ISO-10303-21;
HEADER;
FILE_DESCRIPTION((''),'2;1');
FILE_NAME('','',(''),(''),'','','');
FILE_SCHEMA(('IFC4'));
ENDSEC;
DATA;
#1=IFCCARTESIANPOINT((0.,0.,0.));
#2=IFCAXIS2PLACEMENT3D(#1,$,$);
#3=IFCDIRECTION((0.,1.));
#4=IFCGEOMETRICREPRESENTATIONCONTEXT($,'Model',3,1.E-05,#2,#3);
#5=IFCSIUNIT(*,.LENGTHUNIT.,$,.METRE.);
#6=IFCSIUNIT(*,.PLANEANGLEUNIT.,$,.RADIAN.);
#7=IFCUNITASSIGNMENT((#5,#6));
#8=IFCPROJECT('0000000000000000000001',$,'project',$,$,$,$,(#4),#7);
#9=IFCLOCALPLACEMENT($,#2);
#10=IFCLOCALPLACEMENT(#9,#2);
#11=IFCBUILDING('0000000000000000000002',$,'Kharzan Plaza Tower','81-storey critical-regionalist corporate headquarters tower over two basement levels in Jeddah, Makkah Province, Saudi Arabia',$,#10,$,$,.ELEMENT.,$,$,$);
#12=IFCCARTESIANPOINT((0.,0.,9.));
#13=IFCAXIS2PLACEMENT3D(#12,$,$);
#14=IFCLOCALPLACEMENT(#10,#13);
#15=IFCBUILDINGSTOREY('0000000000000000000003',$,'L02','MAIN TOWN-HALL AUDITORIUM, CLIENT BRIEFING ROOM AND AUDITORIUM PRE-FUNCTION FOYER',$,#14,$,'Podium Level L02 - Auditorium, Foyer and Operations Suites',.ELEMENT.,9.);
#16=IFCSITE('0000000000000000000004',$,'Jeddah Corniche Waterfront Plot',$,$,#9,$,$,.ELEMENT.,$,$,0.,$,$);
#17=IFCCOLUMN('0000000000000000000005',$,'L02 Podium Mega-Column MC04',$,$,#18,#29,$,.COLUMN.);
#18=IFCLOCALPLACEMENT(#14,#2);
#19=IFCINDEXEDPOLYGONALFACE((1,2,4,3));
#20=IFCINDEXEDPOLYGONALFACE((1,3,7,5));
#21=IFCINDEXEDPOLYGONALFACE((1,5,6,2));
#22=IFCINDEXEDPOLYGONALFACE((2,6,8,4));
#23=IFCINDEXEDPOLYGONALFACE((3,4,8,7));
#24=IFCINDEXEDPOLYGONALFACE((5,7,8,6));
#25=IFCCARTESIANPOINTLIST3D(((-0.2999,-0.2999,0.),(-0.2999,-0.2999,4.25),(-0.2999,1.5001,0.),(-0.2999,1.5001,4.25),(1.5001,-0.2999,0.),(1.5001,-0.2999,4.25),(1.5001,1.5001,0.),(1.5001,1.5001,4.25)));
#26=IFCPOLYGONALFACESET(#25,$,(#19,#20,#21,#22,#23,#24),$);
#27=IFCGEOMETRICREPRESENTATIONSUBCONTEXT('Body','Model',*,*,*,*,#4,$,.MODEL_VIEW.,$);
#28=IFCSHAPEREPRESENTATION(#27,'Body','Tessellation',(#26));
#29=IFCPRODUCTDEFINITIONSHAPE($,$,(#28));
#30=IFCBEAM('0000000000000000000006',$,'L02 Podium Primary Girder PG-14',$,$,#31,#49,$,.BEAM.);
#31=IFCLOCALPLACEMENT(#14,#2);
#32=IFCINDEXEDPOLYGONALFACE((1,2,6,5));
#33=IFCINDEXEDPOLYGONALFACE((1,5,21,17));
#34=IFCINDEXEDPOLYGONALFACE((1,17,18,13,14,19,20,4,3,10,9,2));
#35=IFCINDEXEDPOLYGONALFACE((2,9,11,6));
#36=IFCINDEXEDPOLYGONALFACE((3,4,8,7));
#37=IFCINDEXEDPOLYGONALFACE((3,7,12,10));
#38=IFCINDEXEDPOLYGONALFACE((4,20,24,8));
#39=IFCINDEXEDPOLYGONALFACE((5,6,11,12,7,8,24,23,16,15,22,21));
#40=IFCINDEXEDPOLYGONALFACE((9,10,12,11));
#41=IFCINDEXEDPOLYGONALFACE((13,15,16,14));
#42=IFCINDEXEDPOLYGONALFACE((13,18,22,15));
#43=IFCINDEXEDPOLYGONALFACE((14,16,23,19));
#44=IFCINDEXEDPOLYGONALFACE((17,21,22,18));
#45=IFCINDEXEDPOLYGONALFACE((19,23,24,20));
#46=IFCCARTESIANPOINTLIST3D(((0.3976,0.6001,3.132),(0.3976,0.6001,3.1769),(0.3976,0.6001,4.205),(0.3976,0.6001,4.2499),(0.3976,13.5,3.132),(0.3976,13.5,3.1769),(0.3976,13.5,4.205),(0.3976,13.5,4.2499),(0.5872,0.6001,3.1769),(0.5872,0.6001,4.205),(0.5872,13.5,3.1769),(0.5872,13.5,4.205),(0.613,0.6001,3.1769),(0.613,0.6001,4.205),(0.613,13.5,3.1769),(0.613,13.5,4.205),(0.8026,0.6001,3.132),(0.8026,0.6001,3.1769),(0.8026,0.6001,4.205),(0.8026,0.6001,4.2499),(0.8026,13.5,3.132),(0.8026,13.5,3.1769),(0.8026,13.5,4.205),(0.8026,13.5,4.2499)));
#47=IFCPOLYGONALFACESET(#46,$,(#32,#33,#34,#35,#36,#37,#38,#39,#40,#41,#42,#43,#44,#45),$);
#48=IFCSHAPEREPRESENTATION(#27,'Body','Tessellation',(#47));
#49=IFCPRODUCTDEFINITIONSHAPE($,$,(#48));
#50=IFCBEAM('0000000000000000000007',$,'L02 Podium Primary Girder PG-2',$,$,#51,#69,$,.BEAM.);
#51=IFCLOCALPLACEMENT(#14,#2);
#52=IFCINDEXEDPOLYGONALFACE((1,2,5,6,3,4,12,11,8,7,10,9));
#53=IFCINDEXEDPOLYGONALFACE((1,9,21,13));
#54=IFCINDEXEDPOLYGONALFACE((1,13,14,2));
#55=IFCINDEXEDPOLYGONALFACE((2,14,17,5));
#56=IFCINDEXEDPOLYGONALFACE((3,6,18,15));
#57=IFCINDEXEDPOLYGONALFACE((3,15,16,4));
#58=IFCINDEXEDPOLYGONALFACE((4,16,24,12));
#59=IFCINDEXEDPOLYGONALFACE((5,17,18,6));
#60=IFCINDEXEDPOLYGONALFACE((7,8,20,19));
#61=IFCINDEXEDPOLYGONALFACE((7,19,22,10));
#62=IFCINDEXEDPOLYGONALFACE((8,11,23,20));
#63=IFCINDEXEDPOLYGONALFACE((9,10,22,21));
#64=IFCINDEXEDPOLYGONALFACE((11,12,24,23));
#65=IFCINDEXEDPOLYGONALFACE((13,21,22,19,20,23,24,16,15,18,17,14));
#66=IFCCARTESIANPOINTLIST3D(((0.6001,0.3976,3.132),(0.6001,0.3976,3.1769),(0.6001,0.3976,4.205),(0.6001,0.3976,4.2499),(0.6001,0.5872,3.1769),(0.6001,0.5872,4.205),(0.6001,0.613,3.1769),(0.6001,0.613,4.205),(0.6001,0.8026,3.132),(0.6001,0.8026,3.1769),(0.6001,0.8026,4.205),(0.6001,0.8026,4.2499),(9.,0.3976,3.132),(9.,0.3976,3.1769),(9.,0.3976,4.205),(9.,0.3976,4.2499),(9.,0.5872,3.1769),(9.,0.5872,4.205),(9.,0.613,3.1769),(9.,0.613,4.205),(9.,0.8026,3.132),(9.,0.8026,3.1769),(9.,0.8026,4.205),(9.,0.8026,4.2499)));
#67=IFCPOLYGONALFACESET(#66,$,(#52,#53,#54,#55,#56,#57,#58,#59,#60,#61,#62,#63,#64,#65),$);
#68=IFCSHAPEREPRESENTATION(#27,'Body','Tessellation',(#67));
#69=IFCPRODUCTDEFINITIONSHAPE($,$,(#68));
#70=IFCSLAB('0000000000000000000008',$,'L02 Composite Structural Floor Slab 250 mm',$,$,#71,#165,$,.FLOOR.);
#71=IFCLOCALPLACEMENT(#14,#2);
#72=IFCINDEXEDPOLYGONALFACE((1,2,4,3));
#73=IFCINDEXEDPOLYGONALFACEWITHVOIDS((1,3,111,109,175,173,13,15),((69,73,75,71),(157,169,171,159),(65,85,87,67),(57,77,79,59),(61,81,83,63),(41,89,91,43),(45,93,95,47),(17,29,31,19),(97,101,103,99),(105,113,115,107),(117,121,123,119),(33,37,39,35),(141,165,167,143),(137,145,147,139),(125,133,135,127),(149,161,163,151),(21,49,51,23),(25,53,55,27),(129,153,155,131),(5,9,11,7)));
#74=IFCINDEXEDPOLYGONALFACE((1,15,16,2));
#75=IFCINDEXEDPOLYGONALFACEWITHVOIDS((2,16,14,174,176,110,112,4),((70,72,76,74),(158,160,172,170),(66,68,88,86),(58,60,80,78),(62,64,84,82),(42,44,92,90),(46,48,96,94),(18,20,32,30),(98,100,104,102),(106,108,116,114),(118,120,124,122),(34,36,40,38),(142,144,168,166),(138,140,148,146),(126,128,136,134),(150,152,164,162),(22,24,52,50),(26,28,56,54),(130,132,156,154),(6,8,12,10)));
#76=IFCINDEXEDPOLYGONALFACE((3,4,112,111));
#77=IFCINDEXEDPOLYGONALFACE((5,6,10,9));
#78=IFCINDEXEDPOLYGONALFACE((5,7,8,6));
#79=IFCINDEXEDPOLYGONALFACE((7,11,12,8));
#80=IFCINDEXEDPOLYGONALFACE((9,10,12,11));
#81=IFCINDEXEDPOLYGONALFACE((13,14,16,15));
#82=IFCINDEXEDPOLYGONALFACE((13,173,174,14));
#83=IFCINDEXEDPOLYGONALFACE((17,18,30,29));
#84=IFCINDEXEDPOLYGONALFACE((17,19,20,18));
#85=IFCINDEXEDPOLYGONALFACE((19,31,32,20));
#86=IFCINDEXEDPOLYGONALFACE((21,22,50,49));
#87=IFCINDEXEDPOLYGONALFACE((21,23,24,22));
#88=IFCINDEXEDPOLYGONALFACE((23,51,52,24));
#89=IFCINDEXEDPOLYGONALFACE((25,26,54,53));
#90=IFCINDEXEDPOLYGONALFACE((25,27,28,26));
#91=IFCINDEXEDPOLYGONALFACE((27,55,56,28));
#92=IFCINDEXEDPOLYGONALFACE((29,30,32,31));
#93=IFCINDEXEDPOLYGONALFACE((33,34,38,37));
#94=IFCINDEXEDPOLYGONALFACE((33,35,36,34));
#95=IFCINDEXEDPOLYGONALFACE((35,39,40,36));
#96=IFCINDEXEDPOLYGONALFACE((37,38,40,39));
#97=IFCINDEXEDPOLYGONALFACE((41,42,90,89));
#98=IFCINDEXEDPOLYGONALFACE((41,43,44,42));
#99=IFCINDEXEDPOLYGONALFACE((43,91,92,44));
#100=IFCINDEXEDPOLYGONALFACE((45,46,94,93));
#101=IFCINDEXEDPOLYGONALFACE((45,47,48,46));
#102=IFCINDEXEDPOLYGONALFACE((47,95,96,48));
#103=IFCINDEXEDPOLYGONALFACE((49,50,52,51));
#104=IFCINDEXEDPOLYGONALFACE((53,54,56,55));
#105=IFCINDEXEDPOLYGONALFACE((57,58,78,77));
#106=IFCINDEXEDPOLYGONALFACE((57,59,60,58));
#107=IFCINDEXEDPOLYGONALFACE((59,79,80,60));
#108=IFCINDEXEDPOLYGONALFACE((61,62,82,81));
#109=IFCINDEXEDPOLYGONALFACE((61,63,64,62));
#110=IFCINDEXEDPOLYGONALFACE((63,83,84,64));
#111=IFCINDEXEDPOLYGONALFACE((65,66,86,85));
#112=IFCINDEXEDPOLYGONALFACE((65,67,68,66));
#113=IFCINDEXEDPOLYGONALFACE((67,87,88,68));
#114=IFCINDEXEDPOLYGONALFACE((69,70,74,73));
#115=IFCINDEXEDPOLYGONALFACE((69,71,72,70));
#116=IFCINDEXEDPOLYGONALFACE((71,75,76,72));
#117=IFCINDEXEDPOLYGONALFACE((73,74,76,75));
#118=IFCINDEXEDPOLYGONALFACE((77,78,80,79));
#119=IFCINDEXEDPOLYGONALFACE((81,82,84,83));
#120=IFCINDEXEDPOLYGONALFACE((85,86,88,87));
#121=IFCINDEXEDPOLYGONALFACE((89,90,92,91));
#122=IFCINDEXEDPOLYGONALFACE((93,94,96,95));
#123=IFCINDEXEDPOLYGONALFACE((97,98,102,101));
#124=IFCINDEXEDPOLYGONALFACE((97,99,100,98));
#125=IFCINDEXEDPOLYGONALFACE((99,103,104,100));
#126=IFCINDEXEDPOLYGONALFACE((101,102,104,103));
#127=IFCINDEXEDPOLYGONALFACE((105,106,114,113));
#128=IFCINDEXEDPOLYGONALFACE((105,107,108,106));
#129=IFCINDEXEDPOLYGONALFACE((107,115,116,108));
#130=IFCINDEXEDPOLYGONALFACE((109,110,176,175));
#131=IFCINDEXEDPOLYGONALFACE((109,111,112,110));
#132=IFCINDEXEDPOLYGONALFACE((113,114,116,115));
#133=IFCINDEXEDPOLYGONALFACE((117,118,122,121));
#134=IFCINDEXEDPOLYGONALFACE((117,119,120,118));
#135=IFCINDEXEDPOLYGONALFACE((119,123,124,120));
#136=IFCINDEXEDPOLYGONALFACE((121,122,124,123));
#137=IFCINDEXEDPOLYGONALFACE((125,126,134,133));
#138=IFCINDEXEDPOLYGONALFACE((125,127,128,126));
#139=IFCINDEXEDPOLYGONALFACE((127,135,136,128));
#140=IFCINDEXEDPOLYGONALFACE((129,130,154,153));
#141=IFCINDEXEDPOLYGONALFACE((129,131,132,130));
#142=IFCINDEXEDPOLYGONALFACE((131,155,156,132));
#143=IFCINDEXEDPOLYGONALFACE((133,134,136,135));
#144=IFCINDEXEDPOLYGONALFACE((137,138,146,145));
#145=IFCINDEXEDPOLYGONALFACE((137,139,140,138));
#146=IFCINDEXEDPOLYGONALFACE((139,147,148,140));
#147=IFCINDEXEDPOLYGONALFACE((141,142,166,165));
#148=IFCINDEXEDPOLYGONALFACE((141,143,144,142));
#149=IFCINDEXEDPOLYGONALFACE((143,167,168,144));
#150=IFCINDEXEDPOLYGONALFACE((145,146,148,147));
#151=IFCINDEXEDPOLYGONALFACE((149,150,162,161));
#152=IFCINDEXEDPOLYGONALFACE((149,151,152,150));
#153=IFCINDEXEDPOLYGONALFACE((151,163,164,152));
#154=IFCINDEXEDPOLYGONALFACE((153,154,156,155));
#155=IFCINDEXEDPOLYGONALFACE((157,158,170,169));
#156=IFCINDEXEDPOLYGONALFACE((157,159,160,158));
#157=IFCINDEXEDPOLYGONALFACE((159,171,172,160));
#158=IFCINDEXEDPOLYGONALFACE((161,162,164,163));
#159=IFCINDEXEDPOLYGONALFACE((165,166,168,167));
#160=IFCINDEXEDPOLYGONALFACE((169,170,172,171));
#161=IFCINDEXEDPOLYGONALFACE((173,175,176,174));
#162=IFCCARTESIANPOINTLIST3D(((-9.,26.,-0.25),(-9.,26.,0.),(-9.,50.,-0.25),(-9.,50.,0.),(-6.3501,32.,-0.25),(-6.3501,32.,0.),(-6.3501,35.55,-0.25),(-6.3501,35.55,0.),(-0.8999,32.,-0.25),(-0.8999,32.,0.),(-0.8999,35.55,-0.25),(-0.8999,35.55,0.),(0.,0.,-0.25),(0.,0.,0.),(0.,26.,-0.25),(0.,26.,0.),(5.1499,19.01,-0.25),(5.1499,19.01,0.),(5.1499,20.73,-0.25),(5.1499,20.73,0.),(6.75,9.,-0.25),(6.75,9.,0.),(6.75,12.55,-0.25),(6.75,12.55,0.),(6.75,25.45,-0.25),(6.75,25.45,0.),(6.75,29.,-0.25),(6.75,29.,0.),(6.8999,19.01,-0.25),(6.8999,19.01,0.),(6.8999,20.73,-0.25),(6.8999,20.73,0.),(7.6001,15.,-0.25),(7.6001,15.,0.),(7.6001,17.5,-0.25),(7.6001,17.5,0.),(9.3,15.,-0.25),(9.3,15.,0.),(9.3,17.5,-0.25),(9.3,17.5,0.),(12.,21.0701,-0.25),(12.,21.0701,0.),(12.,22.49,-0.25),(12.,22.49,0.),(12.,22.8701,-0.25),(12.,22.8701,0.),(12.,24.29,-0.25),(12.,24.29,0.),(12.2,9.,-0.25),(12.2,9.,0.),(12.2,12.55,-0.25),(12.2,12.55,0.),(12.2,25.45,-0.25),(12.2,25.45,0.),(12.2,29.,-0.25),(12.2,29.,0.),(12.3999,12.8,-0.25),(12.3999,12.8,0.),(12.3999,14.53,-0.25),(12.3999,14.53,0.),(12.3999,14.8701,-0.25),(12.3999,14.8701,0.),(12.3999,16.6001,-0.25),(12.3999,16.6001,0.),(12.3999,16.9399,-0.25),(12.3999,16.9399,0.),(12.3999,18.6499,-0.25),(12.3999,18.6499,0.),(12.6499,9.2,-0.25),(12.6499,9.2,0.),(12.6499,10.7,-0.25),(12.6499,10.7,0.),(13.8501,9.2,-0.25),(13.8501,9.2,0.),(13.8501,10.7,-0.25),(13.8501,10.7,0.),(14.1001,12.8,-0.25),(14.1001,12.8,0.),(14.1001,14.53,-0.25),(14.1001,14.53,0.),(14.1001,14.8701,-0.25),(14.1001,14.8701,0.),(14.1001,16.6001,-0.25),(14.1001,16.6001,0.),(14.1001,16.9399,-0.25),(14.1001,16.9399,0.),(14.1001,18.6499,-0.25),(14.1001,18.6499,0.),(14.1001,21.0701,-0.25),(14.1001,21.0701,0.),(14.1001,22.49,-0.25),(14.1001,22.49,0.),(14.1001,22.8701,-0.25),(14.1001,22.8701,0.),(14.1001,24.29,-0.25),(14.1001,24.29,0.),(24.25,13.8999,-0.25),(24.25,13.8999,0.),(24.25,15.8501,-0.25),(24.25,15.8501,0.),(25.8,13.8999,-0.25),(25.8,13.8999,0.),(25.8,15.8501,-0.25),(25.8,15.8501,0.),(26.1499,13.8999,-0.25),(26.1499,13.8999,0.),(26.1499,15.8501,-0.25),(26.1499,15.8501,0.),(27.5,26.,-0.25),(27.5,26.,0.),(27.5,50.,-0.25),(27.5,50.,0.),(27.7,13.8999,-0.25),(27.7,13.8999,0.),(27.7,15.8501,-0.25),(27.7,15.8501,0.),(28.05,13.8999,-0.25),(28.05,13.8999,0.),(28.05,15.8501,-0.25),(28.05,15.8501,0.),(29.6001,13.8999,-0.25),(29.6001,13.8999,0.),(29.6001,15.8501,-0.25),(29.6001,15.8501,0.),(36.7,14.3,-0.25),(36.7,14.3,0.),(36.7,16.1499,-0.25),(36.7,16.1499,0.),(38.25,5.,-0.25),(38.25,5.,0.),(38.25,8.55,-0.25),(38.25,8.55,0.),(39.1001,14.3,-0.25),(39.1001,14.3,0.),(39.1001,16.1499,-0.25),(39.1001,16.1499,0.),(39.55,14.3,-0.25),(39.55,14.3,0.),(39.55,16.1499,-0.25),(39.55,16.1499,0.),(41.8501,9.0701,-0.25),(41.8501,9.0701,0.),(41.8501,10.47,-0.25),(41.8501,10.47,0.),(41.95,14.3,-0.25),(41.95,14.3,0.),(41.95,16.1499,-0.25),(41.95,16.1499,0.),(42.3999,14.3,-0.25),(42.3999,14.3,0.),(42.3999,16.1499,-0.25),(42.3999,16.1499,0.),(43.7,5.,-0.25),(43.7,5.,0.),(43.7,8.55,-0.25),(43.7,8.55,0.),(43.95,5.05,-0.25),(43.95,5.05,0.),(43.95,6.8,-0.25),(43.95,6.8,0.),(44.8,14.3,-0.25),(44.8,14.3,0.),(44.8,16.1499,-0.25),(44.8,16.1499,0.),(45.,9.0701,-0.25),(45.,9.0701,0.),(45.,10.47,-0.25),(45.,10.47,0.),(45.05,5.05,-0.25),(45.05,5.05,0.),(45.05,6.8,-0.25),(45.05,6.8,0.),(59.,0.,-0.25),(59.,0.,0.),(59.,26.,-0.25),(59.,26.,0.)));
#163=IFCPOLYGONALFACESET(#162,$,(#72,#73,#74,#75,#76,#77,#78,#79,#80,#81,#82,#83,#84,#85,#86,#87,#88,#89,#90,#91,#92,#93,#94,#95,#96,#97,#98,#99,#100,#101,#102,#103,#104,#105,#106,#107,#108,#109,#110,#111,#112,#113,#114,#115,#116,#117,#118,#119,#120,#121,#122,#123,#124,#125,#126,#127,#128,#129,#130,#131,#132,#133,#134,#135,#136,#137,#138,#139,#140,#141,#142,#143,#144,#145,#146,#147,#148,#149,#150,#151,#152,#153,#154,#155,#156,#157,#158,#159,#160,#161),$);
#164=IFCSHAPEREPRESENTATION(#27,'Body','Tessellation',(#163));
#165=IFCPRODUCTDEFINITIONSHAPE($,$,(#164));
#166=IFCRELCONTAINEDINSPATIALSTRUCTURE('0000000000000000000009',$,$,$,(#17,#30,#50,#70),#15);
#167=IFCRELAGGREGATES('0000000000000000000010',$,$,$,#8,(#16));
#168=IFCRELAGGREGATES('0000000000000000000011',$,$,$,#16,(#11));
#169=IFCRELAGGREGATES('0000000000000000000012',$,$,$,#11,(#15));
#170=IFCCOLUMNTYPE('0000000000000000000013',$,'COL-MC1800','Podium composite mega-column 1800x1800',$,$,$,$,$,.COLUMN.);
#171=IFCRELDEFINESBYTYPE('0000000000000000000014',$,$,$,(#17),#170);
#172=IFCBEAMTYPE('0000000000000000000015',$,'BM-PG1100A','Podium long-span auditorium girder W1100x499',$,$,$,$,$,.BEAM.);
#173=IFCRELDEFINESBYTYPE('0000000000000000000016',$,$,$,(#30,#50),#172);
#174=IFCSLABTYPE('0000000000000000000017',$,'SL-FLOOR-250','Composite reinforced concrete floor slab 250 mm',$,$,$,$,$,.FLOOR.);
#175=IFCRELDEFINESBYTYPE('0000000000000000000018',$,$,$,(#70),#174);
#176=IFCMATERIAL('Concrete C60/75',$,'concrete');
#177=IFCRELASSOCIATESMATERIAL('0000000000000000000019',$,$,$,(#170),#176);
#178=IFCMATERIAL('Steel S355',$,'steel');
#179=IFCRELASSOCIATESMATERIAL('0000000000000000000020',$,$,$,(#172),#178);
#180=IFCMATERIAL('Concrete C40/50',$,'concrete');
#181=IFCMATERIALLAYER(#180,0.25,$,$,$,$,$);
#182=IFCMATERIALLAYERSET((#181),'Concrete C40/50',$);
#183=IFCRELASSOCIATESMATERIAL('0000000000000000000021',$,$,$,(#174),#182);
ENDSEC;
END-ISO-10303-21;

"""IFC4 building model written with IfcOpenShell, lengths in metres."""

from ifc_helpers import new_model, si_unit, direction, frame, origin, origin_2d, place, context, subcontext, project, spatial, polyline, rectangle, i_section, outline, extrude, source, transform, mapped, material, layer, layer_set, material_profile, profile_set, type_object, element, save


model = new_model("IFC4")

# Units and contexts
model_context = context("Model", 3, precision=1e-05, world=origin(), true_north=direction((0.0, 1.0)))
body_context = subcontext(model_context, "Body", "Model", "MODEL_VIEW")
ifc_project = project(units=[si_unit("LENGTHUNIT", "METRE"), si_unit("PLANEANGLEUNIT", "RADIAN")], contexts=[model_context])

# Site, building, storey
site_placement = place(None, origin())
site = spatial("IfcSite", under=ifc_project, at=site_placement, Name="Jeddah Corniche Waterfront Plot", CompositionType="ELEMENT", RefElevation=0.0)
building_placement = place(site_placement, origin())
building = spatial("IfcBuilding", under=site, at=building_placement, Name="Kharzan Plaza Tower", Description="81-storey critical-regionalist corporate headquarters tower over two basement levels in Jeddah, Makkah Province, Saudi Arabia", CompositionType="ELEMENT")
storey_placement = place(building_placement, frame((0.0, 0.0, 9.0)))
storey = spatial("IfcBuildingStorey", under=building, at=storey_placement, Name="L02", Description="MAIN TOWN-HALL AUDITORIUM, CLIENT BRIEFING ROOM AND AUDITORIUM PRE-FUNCTION FOYER", LongName="Podium Level L02 - Auditorium, Foyer and Operations Suites", CompositionType="ELEMENT", Elevation=9.0)

# Column
ifc_material_1 = material(Name="Concrete C60/75", Category="concrete")
ifc_material_profile_1 = material_profile(ifc_material_1, rectangle(XDim=1.8, YDim=1.8, at=origin_2d()), Name="RC-MC1800x1800")
ifc_profile_set_1 = profile_set([ifc_material_profile_1], Name="Concrete C60/75")
column_type = type_object("IfcColumnType", Name="COL-MC1800", Description="Podium composite mega-column 1800x1800", PredefinedType="COLUMN", material=ifc_profile_set_1)
shared_shape_1 = source(origin(), body_context, "Body", "SweptSolid", [
    extrude(rectangle(XDim=1.8, YDim=1.8, at=origin_2d()), origin(), (0.0, 0.0, 1.0), 4.25),
])
column_placement = place(storey_placement, frame((0.6001, 0.6001, 0.0), z_axis=(0.0, 0.0, 1.0), x_axis=(1.0, 0.0, 0.0)))
element("IfcColumn", 1, at=column_placement, inside=storey, type_object=column_type, Name="L02 Podium Mega-Column MC04", PredefinedType="COLUMN", context=body_context, shape_type="MappedRepresentation", body=[
    mapped(shared_shape_1, transform((0.0, 0.0, 0.0), x_axis=(1.0, 0.0, 0.0), y_axis=(0.0, 1.0, 0.0), z_axis=(0.0, 0.0, 1.0))),
])

# Beams
ifc_material_2 = material(Name="Steel S355", Category="steel")
ifc_material_profile_2 = material_profile(ifc_material_2, i_section(OverallWidth=0.405, OverallDepth=1.1179, WebThickness=0.0259, FlangeThickness=0.0449, at=origin_2d()), Name="W1100x499")
ifc_profile_set_2 = profile_set([ifc_material_profile_2], Name="Steel S355")
beam_type = type_object("IfcBeamType", Name="BM-PG1100A", Description="Podium long-span auditorium girder W1100x499", PredefinedType="BEAM", material=ifc_profile_set_2)
shared_shape_2 = source(origin(), body_context, "Body", "SweptSolid", [
    extrude(i_section(OverallWidth=0.405, OverallDepth=1.1179, WebThickness=0.0259, FlangeThickness=0.0449, at=origin_2d()), origin(), (0.0, 0.0, 1.0), 12.8999),
])
beam_1_placement = place(storey_placement, frame((0.6001, 0.6001, 3.6909), z_axis=(0.0, 1.0, 0.0), x_axis=(-1.0, 0.0, 0.0)))
element("IfcBeam", 2, at=beam_1_placement, inside=storey, type_object=beam_type, Name="L02 Podium Primary Girder PG-14", PredefinedType="BEAM", context=body_context, shape_type="MappedRepresentation", body=[
    mapped(shared_shape_2, transform((0.0, 0.0, 0.0), x_axis=(1.0, 0.0, 0.0), y_axis=(0.0, 1.0, 0.0), z_axis=(0.0, 0.0, 1.0))),
])
shared_shape_3 = source(origin(), body_context, "Body", "SweptSolid", [
    extrude(i_section(OverallWidth=0.405, OverallDepth=1.1179, WebThickness=0.0259, FlangeThickness=0.0449, at=origin_2d()), origin(), (0.0, 0.0, 1.0), 8.3999),
])
beam_2_placement = place(storey_placement, frame((0.6001, 0.6001, 3.6909), z_axis=(1.0, 0.0, 0.0), x_axis=(0.0, 1.0, 0.0)))
element("IfcBeam", 3, at=beam_2_placement, inside=storey, type_object=beam_type, Name="L02 Podium Primary Girder PG-2", PredefinedType="BEAM", context=body_context, shape_type="MappedRepresentation", body=[
    mapped(shared_shape_3, transform((0.0, 0.0, 0.0), x_axis=(1.0, 0.0, 0.0), y_axis=(0.0, 1.0, 0.0), z_axis=(0.0, 0.0, 1.0))),
])

# Slab
ifc_material_3 = material(Name="Concrete C40/50", Category="concrete")
ifc_layer_1 = layer(ifc_material_3, 0.25)
ifc_layer_set_1 = layer_set([ifc_layer_1], Name="Concrete C40/50")
slab_type_1 = type_object("IfcSlabType", Name="SL-FLOOR-250", Description="Composite reinforced concrete floor slab 250 mm", PredefinedType="FLOOR", material=ifc_layer_set_1)
slab_1_placement = place(storey_placement, frame((0.0, 0.0, -0.25)))
element("IfcSlab", 4, at=slab_1_placement, inside=storey, type_object=slab_type_1, Name="L02 Composite Structural Floor Slab 250 mm", PredefinedType="FLOOR", context=body_context, shape_type="SweptSolid", body=[
    extrude(outline(polyline([(59.0, 0.0), (59.0, 26.0), (27.5, 26.0), (27.5, 50.0), (-9.0, 50.0), (-9.0, 26.0), (0.0, 26.0), (0.0, 0.0), (59.0, 0.0)]), holes=[polyline([(12.2, 9.0), (12.2, 12.55), (6.75, 12.55), (6.75, 9.0), (12.2, 9.0)]), polyline([(14.1001, 12.8), (14.1001, 14.53), (12.3999, 14.53), (12.3999, 12.8), (14.1001, 12.8)]), polyline([(14.1001, 14.8701), (14.1001, 16.6001), (12.3999, 16.6001), (12.3999, 14.8701), (14.1001, 14.8701)]), polyline([(7.6001, 15.0), (9.3, 15.0), (9.3, 17.5), (7.6001, 17.5), (7.6001, 15.0)]), polyline([(12.3999, 16.9399), (14.1001, 16.9399), (14.1001, 18.6499), (12.3999, 18.6499), (12.3999, 16.9399)]), polyline([(6.8999, 19.01), (6.8999, 20.73), (5.1499, 20.73), (5.1499, 19.01), (6.8999, 19.01)]), polyline([(14.1001, 21.0701), (14.1001, 22.49), (12.0, 22.49), (12.0, 21.0701), (14.1001, 21.0701)]), polyline([(14.1001, 22.8701), (14.1001, 24.29), (12.0, 24.29), (12.0, 22.8701), (14.1001, 22.8701)]), polyline([(6.75, 25.45), (12.2, 25.45), (12.2, 29.0), (6.75, 29.0), (6.75, 25.45)]), polyline([(-6.3501, 32.0), (-0.8999, 32.0), (-0.8999, 35.55), (-6.3501, 35.55), (-6.3501, 32.0)]), polyline([(45.05, 5.05), (45.05, 6.8), (43.95, 6.8), (43.95, 5.05), (45.05, 5.05)]), polyline([(43.7, 5.0), (43.7, 8.55), (38.25, 8.55), (38.25, 5.0), (43.7, 5.0)]), polyline([(45.0, 9.0701), (45.0, 10.47), (41.8501, 10.47), (41.8501, 9.0701), (45.0, 9.0701)]), polyline([(12.6499, 9.2), (13.8501, 9.2), (13.8501, 10.7), (12.6499, 10.7), (12.6499, 9.2)]), polyline([(24.25, 13.8999), (25.8, 13.8999), (25.8, 15.8501), (24.25, 15.8501), (24.25, 13.8999)]), polyline([(27.7, 13.8999), (27.7, 15.8501), (26.1499, 15.8501), (26.1499, 13.8999), (27.7, 13.8999)]), polyline([(29.6001, 13.8999), (29.6001, 15.8501), (28.05, 15.8501), (28.05, 13.8999), (29.6001, 13.8999)]), polyline([(39.1001, 14.3), (39.1001, 16.1499), (36.7, 16.1499), (36.7, 14.3), (39.1001, 14.3)]), polyline([(39.55, 14.3), (41.95, 14.3), (41.95, 16.1499), (39.55, 16.1499), (39.55, 14.3)]), polyline([(42.3999, 14.3), (44.8, 14.3), (44.8, 16.1499), (42.3999, 16.1499), (42.3999, 14.3)])]), origin(), (0.0, 0.0, 1.0), 0.25),
])

save(model, "model.ifc")
